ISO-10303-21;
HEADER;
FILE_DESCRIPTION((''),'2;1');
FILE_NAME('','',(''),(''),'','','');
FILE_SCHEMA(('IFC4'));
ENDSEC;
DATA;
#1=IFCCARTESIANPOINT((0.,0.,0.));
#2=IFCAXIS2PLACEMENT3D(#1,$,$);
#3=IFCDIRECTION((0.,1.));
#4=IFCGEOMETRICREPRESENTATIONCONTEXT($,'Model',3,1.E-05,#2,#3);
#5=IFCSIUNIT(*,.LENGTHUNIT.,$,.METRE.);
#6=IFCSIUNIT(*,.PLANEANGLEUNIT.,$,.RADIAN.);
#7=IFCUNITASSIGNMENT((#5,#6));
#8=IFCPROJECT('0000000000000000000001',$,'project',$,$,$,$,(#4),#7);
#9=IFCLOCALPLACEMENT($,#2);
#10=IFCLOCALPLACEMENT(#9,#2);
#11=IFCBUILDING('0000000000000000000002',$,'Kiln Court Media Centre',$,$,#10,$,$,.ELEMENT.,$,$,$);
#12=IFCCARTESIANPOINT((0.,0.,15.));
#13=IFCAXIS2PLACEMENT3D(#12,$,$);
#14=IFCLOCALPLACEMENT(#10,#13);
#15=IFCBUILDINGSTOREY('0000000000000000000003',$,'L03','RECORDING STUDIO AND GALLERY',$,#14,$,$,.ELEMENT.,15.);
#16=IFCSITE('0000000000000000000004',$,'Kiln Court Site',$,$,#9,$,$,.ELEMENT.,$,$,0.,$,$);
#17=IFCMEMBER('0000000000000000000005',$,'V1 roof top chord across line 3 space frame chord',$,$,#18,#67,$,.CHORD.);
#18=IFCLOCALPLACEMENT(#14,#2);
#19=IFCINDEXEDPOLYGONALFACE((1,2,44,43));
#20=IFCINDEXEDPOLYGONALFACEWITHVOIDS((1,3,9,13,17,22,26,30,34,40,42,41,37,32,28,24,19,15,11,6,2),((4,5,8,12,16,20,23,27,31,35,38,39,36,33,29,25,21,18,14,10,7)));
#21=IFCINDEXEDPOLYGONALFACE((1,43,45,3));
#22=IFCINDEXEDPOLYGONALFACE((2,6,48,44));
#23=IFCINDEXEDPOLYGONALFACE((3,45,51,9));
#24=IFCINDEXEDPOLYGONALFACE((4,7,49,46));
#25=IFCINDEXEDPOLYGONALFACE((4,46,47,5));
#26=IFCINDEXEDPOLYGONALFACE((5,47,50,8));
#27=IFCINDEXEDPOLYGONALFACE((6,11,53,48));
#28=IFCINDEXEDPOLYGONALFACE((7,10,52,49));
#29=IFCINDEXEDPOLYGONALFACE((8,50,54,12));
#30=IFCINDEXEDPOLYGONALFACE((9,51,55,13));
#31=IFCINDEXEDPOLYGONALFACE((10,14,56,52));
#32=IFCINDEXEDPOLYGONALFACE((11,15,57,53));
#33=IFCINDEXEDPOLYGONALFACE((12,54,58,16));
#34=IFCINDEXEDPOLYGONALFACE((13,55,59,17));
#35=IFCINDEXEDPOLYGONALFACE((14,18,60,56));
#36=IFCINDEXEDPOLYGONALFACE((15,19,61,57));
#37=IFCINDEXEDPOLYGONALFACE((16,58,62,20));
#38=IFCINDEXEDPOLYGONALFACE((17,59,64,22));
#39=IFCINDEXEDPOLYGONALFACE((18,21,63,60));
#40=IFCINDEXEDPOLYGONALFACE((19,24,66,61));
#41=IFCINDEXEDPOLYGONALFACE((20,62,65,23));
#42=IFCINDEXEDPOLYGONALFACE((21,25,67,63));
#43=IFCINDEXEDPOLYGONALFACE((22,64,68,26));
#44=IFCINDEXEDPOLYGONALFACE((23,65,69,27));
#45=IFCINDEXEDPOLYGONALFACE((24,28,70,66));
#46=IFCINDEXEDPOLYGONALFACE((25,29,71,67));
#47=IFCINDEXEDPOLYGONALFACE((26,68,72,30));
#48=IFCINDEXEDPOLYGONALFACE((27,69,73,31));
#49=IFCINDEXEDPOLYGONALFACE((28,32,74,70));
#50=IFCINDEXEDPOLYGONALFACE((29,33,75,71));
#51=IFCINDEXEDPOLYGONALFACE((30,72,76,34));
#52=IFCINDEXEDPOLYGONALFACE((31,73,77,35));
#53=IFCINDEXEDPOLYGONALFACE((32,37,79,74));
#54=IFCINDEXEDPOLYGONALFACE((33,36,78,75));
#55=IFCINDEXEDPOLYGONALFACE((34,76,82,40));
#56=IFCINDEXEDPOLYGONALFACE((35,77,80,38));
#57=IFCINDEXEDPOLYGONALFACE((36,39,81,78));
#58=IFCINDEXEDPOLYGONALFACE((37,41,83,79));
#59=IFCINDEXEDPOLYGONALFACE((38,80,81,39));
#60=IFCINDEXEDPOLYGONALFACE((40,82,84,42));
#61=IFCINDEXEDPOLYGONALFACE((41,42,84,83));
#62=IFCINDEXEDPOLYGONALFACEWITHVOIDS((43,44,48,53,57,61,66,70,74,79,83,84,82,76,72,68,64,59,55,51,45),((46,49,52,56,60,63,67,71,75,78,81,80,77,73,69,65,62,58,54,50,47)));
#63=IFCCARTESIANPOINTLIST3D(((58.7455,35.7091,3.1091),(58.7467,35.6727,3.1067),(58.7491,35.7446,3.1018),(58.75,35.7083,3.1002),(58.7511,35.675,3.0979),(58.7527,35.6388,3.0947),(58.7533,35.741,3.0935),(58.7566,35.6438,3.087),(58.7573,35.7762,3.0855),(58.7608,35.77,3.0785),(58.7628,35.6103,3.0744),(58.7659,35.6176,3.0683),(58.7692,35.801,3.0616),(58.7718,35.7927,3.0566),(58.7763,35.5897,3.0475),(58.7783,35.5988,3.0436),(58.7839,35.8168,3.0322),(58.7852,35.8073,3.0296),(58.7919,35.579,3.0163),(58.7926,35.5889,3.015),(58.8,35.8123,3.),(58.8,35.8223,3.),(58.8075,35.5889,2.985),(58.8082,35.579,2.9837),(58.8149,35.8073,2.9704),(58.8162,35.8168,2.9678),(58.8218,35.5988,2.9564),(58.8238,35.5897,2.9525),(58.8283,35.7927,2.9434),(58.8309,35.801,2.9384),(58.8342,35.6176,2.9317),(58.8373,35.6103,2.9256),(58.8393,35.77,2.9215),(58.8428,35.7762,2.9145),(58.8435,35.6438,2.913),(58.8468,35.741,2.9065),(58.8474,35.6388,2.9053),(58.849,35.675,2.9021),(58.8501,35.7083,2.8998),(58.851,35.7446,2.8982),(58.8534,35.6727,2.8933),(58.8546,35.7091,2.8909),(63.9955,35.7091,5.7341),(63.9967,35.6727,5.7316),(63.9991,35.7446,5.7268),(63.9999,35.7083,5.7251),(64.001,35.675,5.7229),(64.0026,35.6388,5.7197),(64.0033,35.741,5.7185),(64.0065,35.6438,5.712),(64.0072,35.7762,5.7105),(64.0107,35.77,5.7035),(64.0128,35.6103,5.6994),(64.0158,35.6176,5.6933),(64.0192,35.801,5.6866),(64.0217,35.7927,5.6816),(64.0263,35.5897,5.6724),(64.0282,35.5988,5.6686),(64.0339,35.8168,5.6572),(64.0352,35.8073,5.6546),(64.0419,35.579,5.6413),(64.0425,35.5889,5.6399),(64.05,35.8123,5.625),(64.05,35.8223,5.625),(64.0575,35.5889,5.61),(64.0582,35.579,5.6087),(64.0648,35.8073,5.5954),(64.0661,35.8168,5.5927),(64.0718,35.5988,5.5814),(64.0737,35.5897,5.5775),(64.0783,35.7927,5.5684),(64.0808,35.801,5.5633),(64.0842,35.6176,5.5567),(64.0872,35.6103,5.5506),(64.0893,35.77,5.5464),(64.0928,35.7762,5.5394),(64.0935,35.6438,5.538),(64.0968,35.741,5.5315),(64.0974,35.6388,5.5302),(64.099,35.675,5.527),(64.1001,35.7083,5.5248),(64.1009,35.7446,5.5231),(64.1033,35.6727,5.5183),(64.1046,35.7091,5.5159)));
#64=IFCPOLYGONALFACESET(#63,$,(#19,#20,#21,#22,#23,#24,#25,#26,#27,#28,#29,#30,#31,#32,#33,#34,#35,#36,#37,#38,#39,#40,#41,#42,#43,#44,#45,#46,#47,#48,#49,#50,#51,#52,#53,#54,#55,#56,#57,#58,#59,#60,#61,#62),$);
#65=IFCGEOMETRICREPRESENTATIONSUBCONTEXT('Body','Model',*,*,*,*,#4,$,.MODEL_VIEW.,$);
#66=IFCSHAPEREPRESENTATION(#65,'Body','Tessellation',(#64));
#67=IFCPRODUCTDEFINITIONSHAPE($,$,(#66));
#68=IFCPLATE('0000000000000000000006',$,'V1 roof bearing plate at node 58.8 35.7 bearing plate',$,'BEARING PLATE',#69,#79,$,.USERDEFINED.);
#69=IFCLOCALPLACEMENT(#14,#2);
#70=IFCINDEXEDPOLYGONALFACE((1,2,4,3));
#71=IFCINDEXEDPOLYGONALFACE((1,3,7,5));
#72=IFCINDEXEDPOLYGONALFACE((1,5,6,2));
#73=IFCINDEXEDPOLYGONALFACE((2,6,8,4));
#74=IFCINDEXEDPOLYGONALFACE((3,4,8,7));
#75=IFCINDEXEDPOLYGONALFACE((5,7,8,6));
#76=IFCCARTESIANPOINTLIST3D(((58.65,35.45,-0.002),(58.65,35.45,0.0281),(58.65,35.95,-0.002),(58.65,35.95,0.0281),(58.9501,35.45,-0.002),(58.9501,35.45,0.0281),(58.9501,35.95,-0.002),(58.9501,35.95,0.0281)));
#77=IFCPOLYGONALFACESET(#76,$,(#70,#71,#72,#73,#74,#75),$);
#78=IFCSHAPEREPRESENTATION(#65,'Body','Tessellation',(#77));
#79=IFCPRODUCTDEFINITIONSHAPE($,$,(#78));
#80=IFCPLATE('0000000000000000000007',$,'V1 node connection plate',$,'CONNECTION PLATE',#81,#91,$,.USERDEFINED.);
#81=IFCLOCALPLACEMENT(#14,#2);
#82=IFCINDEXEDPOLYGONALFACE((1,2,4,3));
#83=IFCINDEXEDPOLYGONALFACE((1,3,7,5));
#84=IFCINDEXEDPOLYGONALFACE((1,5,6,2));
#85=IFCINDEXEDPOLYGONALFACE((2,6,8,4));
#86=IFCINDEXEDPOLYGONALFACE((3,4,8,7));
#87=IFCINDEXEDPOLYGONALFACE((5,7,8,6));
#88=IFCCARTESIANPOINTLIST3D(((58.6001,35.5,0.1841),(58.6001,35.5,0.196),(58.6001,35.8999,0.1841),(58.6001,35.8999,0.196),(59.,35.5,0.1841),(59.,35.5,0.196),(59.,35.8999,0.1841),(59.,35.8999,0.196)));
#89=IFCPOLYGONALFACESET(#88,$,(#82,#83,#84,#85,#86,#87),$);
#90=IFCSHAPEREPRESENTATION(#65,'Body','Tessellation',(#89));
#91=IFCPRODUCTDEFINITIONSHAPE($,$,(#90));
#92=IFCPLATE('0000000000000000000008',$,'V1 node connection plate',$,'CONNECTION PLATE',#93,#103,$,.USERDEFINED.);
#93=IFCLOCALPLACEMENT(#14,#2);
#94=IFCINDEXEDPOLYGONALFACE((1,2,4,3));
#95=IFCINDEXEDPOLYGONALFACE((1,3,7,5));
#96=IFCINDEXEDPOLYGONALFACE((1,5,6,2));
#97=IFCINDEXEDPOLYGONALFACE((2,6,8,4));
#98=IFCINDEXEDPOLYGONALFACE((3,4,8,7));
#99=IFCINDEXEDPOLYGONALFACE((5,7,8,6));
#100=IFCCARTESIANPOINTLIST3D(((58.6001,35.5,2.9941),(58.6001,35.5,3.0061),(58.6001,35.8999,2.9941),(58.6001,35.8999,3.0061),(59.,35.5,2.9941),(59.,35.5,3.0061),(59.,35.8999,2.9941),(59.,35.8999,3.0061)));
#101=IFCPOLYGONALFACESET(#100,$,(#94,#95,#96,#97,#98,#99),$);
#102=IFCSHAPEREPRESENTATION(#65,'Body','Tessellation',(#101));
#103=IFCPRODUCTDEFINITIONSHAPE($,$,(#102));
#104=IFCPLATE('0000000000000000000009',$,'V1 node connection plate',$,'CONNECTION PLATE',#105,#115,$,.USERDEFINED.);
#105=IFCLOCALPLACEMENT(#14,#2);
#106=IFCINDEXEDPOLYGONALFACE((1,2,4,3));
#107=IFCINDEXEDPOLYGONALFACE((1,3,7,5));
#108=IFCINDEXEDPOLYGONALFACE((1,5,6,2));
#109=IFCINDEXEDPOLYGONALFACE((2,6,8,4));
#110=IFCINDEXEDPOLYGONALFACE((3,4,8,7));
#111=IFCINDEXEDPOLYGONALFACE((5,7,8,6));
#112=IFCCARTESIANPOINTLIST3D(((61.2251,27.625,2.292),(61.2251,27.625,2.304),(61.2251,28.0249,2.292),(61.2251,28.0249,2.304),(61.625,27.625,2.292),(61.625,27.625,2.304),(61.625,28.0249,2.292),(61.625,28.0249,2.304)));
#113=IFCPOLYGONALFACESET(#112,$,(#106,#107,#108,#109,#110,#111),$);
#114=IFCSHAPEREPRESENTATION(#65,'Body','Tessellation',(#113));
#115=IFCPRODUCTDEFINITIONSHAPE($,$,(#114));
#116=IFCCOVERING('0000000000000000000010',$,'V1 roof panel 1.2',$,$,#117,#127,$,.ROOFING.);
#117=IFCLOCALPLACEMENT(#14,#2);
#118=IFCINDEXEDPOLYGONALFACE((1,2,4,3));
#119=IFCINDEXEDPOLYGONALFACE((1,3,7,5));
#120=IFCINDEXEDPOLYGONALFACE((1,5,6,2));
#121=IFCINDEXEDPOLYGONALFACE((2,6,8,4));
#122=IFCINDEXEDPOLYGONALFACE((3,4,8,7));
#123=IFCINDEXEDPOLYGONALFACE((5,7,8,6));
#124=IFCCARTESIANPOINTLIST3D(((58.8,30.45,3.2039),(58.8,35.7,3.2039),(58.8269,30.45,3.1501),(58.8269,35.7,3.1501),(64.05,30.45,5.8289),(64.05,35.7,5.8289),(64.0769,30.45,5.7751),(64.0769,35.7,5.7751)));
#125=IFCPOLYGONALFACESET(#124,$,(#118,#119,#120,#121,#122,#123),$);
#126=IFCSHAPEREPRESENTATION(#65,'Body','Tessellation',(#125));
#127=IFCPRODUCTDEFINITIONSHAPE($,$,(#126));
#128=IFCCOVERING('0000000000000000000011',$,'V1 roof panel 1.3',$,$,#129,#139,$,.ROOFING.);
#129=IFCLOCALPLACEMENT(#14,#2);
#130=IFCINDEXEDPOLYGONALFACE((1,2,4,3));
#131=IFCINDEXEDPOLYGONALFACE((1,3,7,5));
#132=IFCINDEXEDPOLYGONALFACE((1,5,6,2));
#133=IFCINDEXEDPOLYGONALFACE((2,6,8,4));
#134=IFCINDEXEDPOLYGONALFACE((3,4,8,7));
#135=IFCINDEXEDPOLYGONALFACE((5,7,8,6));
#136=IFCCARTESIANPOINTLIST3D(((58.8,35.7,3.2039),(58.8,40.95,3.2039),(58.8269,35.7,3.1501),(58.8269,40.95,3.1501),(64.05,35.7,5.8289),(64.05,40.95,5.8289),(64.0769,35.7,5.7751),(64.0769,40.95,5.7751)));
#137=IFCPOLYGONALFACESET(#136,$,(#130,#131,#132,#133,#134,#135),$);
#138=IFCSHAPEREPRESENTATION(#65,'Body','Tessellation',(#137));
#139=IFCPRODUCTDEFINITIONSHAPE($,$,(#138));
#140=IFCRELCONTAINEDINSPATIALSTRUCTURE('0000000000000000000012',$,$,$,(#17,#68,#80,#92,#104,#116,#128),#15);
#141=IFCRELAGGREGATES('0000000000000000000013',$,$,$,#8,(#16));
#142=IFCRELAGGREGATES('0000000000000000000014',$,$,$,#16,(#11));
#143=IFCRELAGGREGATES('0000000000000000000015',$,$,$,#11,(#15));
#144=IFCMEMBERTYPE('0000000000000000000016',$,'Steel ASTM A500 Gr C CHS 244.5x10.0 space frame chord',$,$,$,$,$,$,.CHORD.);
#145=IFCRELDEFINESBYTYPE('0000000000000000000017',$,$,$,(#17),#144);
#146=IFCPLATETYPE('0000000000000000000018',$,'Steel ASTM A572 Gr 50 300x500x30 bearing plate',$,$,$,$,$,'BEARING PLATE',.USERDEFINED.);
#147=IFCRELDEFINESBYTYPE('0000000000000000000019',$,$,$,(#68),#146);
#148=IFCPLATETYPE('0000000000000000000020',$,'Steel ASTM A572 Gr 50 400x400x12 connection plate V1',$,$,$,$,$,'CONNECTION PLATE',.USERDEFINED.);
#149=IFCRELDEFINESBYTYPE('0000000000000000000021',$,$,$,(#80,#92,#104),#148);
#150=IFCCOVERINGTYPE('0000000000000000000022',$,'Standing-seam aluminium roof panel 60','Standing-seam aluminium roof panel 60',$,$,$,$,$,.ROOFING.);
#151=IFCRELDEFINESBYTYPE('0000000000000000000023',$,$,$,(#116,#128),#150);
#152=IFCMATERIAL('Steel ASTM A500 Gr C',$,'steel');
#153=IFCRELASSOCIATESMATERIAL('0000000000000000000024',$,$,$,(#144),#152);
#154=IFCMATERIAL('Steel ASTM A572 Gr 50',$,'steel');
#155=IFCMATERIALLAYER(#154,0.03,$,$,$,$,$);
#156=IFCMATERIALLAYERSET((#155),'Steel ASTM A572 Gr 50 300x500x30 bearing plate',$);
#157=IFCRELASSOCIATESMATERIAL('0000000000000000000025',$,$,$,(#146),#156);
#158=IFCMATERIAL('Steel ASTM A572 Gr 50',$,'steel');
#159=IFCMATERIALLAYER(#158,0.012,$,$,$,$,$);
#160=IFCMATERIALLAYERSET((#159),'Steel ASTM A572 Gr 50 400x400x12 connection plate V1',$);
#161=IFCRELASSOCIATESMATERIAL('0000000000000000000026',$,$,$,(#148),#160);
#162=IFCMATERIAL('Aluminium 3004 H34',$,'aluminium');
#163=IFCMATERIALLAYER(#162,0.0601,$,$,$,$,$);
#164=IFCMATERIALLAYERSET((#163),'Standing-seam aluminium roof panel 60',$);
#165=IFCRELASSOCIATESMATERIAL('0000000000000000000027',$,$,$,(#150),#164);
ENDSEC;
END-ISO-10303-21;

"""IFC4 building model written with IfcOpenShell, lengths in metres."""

from ifc_helpers import new_model, si_unit, direction, frame, origin, origin_2d, place, context, subcontext, project, spatial, polyline, rectangle, hollow_circle, outline, extrude, material, layer, layer_set, material_profile, profile_set, type_object, element, save


model = new_model("IFC4")

# Units and contexts
model_context = context("Model", 3, precision=1e-05, world=origin(), true_north=direction((0.0, 1.0)))
body_context = subcontext(model_context, "Body", "Model", "MODEL_VIEW")
ifc_project = project(units=[si_unit("LENGTHUNIT", "METRE"), si_unit("PLANEANGLEUNIT", "RADIAN")], contexts=[model_context])

# Site, building, storey
site_placement = place(None, origin())
site = spatial("IfcSite", under=ifc_project, at=site_placement, Name="Kiln Court Site", CompositionType="ELEMENT", RefElevation=0.0)
building_placement = place(site_placement, origin())
building = spatial("IfcBuilding", under=site, at=building_placement, Name="Kiln Court Media Centre", CompositionType="ELEMENT")
storey_placement = place(building_placement, frame((0.0, 0.0, 15.0)))
storey = spatial("IfcBuildingStorey", under=building, at=storey_placement, Name="L03", Description="RECORDING STUDIO AND GALLERY", CompositionType="ELEMENT", Elevation=15.0)

# Member
ifc_material_1 = material(Name="Steel ASTM A500 Gr C", Category="steel")
ifc_material_profile_1 = material_profile(ifc_material_1, hollow_circle(Radius=0.1223, WallThickness=0.01, at=origin_2d()), Name="CHS 244.5x10.0")
ifc_profile_set_1 = profile_set([ifc_material_profile_1], Name="Steel ASTM A500 Gr C")
member_type_1 = type_object("IfcMemberType", Name="Steel ASTM A500 Gr C CHS 244.5x10.0 space frame chord", PredefinedType="CHORD", material=ifc_profile_set_1)
member_1_placement = place(storey_placement, frame((58.8, 35.7, 3.0), z_axis=(0.894427, 0.0, 0.447214), x_axis=(0.0, 1.0, 0.0)))
element("IfcMember", 1, at=member_1_placement, inside=storey, type_object=member_type_1, Name="V1 roof top chord across line 3 space frame chord", PredefinedType="CHORD", context=body_context, shape_type="SweptSolid", body=[
    extrude(hollow_circle(Radius=0.1223, WallThickness=0.01, at=origin_2d()), origin(), (0.0, 0.0, 1.0), 5.8696),
])

# Plates
ifc_material_2 = material(Name="Steel ASTM A572 Gr 50", Category="steel")
ifc_layer_1 = layer(ifc_material_2, 0.03)
ifc_layer_set_1 = layer_set([ifc_layer_1], Name="Steel ASTM A572 Gr 50 300x500x30 bearing plate")
plate_type_1 = type_object("IfcPlateType", Name="Steel ASTM A572 Gr 50 300x500x30 bearing plate", ElementType="BEARING PLATE", PredefinedType="USERDEFINED", material=ifc_layer_set_1)
plate_placement = place(storey_placement, frame((58.8, 35.7, -0.002), z_axis=(0.0, 0.0, 1.0), x_axis=(1.0, 0.0, 0.0)))
element("IfcPlate", 2, at=plate_placement, inside=storey, type_object=plate_type_1, Name="V1 roof bearing plate at node 58.8 35.7 bearing plate", ObjectType="BEARING PLATE", PredefinedType="USERDEFINED", context=body_context, shape_type="SweptSolid", body=[
    extrude(rectangle(XDim=0.3, YDim=0.5, at=origin_2d()), origin(), (0.0, 0.0, 1.0), 0.03),
])
ifc_material_3 = material(Name="Steel ASTM A572 Gr 50", Category="steel")
ifc_layer_2 = layer(ifc_material_3, 0.012)
ifc_layer_set_2 = layer_set([ifc_layer_2], Name="Steel ASTM A572 Gr 50 400x400x12 connection plate V1")
plate_type_2 = type_object("IfcPlateType", Name="Steel ASTM A572 Gr 50 400x400x12 connection plate V1", ElementType="CONNECTION PLATE", PredefinedType="USERDEFINED", material=ifc_layer_set_2)
for number, where, z_axis, x_axis, name in (
    (3, (58.8, 35.7, 0.1841), (0.0, 0.0, 1.0), (1.0, 0.0, 0.0), "V1 node connection plate"),
    (4, (58.8, 35.7, 2.9941), (0.0, 0.0, 1.0), (1.0, 0.0, 0.0), "V1 node connection plate"),
    (5, (61.425, 27.825, 2.292), (0.0, 0.0, 1.0), (1.0, 0.0, 0.0), "V1 node connection plate"),
):
    element("IfcPlate", number, at=place(storey_placement, frame(where, z_axis=z_axis, x_axis=x_axis)), inside=storey, type_object=plate_type_2, Name=name, ObjectType="CONNECTION PLATE", PredefinedType="USERDEFINED", context=body_context, shape_type="SweptSolid", body=[
        extrude(rectangle(XDim=0.3999, YDim=0.3999, at=origin_2d()), origin(), (0.0, 0.0, 1.0), 0.012),
    ])

# Coverings
ifc_material_4 = material(Name="Aluminium 3004 H34", Category="aluminium")
ifc_layer_3 = layer(ifc_material_4, 0.0601)
ifc_layer_set_3 = layer_set([ifc_layer_3], Name="Standing-seam aluminium roof panel 60")
covering_type = type_object("IfcCoveringType", Name="Standing-seam aluminium roof panel 60", Description="Standing-seam aluminium roof panel 60", PredefinedType="ROOFING", material=ifc_layer_set_3)
for number, where, z_axis, x_axis, name in (
    (6, (58.8, 30.45, 3.2039), (-0.447214, 0.0, 0.894427), (0.894427, 0.0, 0.447214), "V1 roof panel 1.2"),
    (7, (58.8, 35.7, 3.2039), (-0.447214, 0.0, 0.894427), (0.894427, 0.0, 0.447214), "V1 roof panel 1.3"),
):
    element("IfcCovering", number, at=place(storey_placement, frame(where, z_axis=z_axis, x_axis=x_axis)), inside=storey, type_object=covering_type, Name=name, PredefinedType="ROOFING", context=body_context, shape_type="SweptSolid", body=[
        extrude(outline(polyline([(0.0, 0.0), (5.8697, 0.0), (5.8697, 5.25), (0.0, 5.25), (0.0, 0.0)])), origin(), (0.0, 0.0, -1.0), 0.0601),
    ])

save(model, "model.ifc")
